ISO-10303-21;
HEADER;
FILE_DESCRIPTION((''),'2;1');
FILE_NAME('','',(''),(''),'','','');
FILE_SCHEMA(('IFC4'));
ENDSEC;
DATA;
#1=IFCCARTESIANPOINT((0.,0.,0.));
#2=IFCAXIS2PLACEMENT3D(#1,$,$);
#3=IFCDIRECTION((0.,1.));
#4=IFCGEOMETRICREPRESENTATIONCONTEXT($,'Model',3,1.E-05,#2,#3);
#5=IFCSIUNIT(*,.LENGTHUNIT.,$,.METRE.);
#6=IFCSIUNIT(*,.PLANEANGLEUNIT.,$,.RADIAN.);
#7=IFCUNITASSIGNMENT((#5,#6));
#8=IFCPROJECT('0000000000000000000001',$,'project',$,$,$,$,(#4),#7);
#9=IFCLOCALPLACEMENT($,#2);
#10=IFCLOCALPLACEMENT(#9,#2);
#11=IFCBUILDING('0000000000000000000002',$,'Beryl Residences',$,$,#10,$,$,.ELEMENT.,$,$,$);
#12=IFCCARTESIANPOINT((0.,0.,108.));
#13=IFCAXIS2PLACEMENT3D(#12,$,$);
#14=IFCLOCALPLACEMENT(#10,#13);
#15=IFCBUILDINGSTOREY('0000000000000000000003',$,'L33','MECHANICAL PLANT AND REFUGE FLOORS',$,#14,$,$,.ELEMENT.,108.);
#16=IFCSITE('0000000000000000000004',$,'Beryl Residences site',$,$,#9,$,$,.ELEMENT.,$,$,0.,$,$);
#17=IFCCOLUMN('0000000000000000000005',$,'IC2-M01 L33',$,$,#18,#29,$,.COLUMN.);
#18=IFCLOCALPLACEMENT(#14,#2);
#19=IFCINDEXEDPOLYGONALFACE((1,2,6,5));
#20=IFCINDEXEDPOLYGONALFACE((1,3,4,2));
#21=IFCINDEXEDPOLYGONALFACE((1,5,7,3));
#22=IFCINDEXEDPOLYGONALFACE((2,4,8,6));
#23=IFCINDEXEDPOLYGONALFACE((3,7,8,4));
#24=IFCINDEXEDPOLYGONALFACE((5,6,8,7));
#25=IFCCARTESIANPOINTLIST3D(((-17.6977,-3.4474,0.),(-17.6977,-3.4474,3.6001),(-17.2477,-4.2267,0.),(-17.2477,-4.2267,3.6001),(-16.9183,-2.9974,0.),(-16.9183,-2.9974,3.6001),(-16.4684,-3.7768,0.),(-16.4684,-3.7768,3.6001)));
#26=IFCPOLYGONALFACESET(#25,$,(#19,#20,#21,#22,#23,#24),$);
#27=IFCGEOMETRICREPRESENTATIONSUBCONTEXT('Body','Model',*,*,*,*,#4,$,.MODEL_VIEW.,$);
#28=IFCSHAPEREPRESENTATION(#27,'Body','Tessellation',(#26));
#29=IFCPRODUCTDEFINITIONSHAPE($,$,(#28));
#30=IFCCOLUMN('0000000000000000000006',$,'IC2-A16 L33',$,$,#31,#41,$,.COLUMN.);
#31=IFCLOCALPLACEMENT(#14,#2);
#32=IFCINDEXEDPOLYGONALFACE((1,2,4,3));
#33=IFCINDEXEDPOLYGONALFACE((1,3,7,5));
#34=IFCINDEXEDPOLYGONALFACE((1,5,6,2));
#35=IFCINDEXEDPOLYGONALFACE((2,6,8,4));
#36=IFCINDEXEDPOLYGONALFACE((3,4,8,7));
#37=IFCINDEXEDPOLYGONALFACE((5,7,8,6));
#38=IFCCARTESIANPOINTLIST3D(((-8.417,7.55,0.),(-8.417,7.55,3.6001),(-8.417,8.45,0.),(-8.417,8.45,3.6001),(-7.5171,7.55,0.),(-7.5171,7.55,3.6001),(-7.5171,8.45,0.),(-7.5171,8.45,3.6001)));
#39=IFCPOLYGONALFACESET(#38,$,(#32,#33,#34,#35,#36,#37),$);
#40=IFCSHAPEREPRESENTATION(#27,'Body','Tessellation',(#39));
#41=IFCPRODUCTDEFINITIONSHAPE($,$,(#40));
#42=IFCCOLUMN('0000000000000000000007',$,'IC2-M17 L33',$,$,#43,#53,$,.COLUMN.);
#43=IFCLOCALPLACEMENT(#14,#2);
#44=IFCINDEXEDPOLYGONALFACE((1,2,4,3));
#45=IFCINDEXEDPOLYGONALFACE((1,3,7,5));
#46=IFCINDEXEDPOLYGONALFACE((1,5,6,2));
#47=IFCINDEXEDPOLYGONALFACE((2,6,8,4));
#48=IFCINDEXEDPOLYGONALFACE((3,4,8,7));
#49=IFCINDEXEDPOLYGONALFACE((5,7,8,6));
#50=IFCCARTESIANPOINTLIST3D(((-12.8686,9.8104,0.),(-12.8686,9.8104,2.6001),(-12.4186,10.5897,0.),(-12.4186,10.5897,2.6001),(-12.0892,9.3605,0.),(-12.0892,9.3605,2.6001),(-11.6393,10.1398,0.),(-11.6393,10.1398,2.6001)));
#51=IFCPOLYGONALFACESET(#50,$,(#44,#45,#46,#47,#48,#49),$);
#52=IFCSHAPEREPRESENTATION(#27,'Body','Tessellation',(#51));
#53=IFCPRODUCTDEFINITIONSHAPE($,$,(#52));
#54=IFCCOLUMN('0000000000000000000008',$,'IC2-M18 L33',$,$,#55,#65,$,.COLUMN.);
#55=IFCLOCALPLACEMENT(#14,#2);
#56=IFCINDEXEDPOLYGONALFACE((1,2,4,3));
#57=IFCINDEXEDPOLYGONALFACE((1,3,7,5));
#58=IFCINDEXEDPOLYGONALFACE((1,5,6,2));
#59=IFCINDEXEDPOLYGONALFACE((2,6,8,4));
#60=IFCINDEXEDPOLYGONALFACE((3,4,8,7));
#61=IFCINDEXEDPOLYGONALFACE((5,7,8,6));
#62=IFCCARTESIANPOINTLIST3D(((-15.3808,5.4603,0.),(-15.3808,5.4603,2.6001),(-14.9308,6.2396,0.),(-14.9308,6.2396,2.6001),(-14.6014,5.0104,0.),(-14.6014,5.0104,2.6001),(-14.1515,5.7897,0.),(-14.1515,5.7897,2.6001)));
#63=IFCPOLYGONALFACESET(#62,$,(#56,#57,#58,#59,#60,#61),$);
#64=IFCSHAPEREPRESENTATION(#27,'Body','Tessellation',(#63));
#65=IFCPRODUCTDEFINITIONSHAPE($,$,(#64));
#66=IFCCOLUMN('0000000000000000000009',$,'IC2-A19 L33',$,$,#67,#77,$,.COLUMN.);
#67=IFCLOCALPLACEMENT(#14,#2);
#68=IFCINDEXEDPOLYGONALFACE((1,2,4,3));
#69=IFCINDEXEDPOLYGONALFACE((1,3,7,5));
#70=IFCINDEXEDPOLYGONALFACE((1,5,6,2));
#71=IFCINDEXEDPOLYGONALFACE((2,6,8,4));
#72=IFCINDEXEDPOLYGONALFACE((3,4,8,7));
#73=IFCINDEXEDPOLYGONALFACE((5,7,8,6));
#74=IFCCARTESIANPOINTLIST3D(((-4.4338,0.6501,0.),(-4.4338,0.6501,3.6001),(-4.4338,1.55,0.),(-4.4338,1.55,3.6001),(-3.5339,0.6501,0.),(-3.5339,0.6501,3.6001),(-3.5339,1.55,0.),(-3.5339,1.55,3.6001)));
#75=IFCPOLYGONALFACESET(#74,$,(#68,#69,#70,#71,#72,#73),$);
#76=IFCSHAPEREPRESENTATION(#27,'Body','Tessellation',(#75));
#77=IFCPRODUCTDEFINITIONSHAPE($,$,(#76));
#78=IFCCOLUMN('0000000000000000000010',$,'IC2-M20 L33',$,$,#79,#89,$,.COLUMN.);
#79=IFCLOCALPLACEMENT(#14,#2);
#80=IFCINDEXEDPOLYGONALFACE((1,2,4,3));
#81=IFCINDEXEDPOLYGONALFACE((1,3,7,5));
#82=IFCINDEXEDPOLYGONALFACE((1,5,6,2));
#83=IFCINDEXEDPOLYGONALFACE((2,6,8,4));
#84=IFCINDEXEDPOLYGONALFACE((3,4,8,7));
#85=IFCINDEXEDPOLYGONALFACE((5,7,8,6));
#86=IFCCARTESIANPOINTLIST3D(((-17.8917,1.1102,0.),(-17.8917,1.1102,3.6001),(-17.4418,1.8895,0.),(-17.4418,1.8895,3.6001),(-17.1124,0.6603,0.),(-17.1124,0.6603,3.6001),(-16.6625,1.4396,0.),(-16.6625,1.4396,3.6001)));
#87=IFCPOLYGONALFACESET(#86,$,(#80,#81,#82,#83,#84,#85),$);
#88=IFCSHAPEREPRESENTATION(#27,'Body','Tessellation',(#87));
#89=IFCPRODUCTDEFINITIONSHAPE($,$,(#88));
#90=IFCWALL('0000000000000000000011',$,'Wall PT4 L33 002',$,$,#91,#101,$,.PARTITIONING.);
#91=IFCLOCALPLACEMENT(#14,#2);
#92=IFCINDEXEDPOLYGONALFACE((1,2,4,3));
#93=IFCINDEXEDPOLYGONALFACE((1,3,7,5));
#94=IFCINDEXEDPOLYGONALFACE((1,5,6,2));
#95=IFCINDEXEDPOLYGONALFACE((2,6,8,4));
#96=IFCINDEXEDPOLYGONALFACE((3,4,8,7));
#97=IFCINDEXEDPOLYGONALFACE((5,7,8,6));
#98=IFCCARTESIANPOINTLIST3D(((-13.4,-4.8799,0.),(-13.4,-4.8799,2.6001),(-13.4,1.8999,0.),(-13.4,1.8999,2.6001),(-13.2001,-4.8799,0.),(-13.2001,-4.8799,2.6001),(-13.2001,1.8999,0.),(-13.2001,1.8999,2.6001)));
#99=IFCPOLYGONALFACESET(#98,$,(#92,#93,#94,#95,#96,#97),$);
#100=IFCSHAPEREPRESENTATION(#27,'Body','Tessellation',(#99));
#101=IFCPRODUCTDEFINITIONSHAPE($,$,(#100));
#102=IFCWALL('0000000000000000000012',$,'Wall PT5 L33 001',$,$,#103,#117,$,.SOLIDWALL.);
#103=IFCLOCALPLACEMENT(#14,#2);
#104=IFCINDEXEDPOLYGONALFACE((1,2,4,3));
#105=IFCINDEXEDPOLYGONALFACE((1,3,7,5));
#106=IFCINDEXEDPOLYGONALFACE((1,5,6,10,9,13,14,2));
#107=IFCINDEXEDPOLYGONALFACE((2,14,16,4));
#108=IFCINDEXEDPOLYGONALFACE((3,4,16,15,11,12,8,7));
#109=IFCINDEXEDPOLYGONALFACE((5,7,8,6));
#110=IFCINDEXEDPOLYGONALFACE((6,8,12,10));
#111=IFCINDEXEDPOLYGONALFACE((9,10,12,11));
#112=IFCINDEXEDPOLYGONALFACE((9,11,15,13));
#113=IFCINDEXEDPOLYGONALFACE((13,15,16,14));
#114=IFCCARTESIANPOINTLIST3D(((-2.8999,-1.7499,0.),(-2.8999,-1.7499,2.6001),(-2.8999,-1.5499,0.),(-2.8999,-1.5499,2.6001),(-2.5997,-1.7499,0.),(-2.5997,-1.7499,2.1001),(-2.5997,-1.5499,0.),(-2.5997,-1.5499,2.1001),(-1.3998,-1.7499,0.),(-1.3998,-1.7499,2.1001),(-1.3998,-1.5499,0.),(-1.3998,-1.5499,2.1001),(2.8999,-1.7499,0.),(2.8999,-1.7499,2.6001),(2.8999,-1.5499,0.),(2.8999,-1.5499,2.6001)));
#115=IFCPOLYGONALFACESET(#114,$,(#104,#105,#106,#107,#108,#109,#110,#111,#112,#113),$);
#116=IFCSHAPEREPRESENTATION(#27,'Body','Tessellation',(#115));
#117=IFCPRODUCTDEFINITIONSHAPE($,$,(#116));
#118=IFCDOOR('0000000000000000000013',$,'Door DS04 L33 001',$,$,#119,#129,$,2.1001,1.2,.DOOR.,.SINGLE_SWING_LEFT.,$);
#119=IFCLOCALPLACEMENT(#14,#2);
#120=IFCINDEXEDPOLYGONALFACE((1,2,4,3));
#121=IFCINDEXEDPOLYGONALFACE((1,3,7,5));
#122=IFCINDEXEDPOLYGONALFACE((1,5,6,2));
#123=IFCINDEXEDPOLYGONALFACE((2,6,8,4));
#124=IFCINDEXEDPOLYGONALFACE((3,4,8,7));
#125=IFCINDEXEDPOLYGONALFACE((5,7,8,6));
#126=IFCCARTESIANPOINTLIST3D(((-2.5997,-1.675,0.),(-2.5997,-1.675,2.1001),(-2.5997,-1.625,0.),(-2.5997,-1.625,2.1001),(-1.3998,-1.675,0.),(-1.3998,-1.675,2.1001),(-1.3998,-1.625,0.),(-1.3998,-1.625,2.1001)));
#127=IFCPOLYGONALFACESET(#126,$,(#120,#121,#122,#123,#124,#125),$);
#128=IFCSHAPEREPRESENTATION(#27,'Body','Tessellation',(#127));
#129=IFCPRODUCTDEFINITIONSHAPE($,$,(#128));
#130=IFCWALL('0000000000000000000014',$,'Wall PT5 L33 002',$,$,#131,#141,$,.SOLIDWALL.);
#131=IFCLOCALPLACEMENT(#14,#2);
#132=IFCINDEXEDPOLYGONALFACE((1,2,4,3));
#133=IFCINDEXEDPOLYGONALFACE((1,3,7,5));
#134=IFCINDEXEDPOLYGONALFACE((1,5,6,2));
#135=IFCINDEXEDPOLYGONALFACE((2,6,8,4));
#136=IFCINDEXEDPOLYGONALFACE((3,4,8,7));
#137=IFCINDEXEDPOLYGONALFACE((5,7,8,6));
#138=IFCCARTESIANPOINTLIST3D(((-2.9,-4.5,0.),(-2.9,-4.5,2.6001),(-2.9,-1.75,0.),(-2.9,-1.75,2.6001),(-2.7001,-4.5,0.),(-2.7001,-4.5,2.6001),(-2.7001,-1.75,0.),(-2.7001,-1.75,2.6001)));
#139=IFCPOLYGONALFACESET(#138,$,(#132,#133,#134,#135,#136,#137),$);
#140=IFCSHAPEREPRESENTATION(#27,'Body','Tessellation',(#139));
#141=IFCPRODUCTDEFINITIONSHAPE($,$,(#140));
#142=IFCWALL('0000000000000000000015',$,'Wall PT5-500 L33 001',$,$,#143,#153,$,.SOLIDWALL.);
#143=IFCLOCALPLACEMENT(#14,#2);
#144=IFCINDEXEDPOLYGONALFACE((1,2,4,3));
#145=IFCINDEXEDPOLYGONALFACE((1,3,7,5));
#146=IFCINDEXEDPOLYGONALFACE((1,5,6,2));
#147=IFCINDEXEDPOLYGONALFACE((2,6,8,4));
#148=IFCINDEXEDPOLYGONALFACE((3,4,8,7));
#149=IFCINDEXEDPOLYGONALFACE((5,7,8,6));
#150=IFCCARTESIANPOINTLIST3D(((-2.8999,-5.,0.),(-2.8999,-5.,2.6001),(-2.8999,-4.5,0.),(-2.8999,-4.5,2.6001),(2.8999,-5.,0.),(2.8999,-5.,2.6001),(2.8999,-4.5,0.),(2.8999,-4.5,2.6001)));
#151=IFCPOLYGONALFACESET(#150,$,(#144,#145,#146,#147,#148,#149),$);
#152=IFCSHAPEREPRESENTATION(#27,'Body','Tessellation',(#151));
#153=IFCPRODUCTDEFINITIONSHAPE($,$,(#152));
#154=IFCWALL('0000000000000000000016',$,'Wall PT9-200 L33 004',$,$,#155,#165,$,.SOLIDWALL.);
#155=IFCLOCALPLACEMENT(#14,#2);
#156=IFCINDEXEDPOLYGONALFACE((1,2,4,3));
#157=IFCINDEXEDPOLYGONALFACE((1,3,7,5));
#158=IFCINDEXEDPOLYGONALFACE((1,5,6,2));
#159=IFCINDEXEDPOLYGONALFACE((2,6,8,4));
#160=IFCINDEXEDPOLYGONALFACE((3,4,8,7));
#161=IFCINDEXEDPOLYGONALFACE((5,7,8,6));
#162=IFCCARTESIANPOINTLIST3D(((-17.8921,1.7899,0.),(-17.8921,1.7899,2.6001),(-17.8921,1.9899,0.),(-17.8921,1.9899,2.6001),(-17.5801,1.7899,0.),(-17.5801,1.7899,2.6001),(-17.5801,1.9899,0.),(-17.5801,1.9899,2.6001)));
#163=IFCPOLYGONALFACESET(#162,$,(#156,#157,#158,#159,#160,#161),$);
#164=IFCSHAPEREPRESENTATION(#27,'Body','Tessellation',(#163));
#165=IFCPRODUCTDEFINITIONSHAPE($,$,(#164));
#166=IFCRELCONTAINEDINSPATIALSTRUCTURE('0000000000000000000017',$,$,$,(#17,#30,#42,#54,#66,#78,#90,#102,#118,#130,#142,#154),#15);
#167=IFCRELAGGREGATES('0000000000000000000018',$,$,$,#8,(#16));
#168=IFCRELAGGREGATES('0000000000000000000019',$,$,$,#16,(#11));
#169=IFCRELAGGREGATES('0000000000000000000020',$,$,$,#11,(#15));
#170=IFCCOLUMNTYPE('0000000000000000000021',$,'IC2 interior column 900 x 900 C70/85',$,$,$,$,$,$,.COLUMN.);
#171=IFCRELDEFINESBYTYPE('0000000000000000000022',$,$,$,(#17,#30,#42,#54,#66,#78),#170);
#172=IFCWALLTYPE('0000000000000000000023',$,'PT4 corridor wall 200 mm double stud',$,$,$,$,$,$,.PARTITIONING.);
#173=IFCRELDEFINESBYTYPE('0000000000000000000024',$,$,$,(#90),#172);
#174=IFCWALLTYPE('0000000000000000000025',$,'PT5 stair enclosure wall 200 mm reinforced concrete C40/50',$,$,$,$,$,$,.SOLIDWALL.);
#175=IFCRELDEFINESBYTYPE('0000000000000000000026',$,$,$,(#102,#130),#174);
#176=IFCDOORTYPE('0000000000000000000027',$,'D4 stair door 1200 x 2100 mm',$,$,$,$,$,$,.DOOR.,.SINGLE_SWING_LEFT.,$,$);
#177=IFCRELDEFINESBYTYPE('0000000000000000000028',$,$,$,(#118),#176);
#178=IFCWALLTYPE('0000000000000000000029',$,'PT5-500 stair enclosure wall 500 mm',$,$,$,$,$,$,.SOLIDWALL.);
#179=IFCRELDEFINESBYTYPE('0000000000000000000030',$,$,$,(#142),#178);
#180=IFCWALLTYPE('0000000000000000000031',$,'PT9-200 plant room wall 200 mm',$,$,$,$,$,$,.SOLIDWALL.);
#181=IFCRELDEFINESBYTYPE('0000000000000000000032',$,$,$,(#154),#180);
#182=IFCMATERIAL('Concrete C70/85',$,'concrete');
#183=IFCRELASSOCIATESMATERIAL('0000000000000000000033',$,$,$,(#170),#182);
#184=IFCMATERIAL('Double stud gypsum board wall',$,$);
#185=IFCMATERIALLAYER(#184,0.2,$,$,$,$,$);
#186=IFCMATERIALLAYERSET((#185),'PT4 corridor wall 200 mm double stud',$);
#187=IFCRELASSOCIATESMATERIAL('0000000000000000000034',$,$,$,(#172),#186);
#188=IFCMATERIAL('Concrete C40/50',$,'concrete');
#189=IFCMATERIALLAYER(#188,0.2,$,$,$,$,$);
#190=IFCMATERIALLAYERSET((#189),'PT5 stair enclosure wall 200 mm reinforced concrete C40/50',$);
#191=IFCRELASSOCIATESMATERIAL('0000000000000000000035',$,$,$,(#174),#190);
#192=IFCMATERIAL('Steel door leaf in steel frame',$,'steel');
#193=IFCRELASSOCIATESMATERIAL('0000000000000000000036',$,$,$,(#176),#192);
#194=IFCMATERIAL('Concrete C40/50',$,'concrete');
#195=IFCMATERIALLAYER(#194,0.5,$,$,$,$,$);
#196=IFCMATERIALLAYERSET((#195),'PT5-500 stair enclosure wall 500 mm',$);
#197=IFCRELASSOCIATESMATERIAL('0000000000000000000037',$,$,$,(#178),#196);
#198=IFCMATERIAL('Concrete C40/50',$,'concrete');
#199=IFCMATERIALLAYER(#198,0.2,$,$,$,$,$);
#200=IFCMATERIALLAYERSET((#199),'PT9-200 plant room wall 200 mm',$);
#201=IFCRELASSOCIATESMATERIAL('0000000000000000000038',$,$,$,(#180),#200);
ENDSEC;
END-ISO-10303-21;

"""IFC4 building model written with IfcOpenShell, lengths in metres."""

from ifc_helpers import new_model, si_unit, direction, frame, frame_2d, origin, origin_2d, place, context, subcontext, project, spatial, rectangle, extrude, material, layer, layer_set, material_profile, profile_set, type_object, element, fill, save


model = new_model("IFC4")

# Units and contexts
model_context = context("Model", 3, precision=1e-05, world=origin(), true_north=direction((0.0, 1.0)))
body_context = subcontext(model_context, "Body", "Model", "MODEL_VIEW")
ifc_project = project(units=[si_unit("LENGTHUNIT", "METRE"), si_unit("PLANEANGLEUNIT", "RADIAN")], contexts=[model_context])

# Site, building, storey
site_placement = place(None, origin())
site = spatial("IfcSite", under=ifc_project, at=site_placement, Name="Beryl Residences site", CompositionType="ELEMENT", RefElevation=0.0)
building_placement = place(site_placement, origin())
building = spatial("IfcBuilding", under=site, at=building_placement, Name="Beryl Residences", CompositionType="ELEMENT")
storey_placement = place(building_placement, frame((0.0, 0.0, 108.0)))
storey = spatial("IfcBuildingStorey", under=building, at=storey_placement, Name="L33", Description="MECHANICAL PLANT AND REFUGE FLOORS", CompositionType="ELEMENT", Elevation=108.0)

# Columns
ifc_material_1 = material(Name="Concrete C70/85", Category="concrete")
ifc_material_profile = material_profile(ifc_material_1, rectangle(XDim=0.8999, YDim=0.8999, at=origin_2d()))
ifc_profile_set = profile_set([ifc_material_profile], Name="Concrete C70/85")
column_type = type_object("IfcColumnType", Name="IC2 interior column 900 x 900 C70/85", PredefinedType="COLUMN", material=ifc_profile_set)
for number, where, z_axis, x_axis, name in (
    (1, (-17.083, -3.6121, 0.0), (0.0, 0.0, 1.0), (0.5, -0.866025, 0.0), "IC2-M01 L33"),
    (2, (-7.967, 8.0, 0.0), (0.0, 0.0, 1.0), (1.0, 0.0, 0.0), "IC2-A16 L33"),
):
    element("IfcColumn", number, at=place(storey_placement, frame(where, z_axis=z_axis, x_axis=x_axis)), inside=storey, type_object=column_type, Name=name, PredefinedType="COLUMN", context=body_context, shape_type="SweptSolid", body=[
        extrude(rectangle(XDim=0.8999, YDim=0.8999, at=origin_2d()), origin(), (0.0, 0.0, 1.0), 3.6001),
    ])
for number, where, z_axis, x_axis, name in (
    (3, (-12.2539, 9.9751, 0.0), (0.0, 0.0, 1.0), (-0.5, -0.866025, 0.0), "IC2-M17 L33"),
    (4, (-14.7661, 5.625, 0.0), (0.0, 0.0, 1.0), (-0.5, -0.866025, 0.0), "IC2-M18 L33"),
):
    element("IfcColumn", number, at=place(storey_placement, frame(where, z_axis=z_axis, x_axis=x_axis)), inside=storey, type_object=column_type, Name=name, PredefinedType="COLUMN", context=body_context, shape_type="SweptSolid", body=[
        extrude(rectangle(XDim=0.8999, YDim=0.8999, at=origin_2d()), origin(), (0.0, 0.0, 1.0), 2.6001),
    ])
for number, where, z_axis, x_axis, name in (
    (5, (-3.9839, 1.1001, 0.0), (0.0, 0.0, 1.0), (1.0, 0.0, 0.0), "IC2-A19 L33"),
    (6, (-17.2771, 1.2749, 0.0), (0.0, 0.0, 1.0), (-0.5, -0.866025, 0.0), "IC2-M20 L33"),
):
    element("IfcColumn", number, at=place(storey_placement, frame(where, z_axis=z_axis, x_axis=x_axis)), inside=storey, type_object=column_type, Name=name, PredefinedType="COLUMN", context=body_context, shape_type="SweptSolid", body=[
        extrude(rectangle(XDim=0.8999, YDim=0.8999, at=origin_2d()), origin(), (0.0, 0.0, 1.0), 3.6001),
    ])

# Wall
ifc_material_2 = material(Name="Double stud gypsum board wall")
ifc_layer_1 = layer(ifc_material_2, 0.2)
ifc_layer_set_1 = layer_set([ifc_layer_1], Name="PT4 corridor wall 200 mm double stud")
wall_type_1 = type_object("IfcWallType", Name="PT4 corridor wall 200 mm double stud", PredefinedType="PARTITIONING", material=ifc_layer_set_1)
wall_1_placement = place(storey_placement, frame((-13.3, -4.8799, 0.0), z_axis=(0.0, 0.0, 1.0), x_axis=(0.0, 1.0, 0.0)))
element("IfcWall", 7, at=wall_1_placement, inside=storey, type_object=wall_type_1, Name="Wall PT4 L33 002", PredefinedType="PARTITIONING", context=body_context, shape_type="SweptSolid", body=[
    extrude(rectangle(XDim=6.7798, YDim=0.2, at=frame_2d((3.3899, 0.0))), origin(), (0.0, 0.0, 1.0), 2.6001),
])

# Wall, opening, door
ifc_material_3 = material(Name="Concrete C40/50", Category="concrete")
ifc_layer_2 = layer(ifc_material_3, 0.2)
ifc_layer_set_2 = layer_set([ifc_layer_2], Name="PT5 stair enclosure wall 200 mm reinforced concrete C40/50")
wall_type_2 = type_object("IfcWallType", Name="PT5 stair enclosure wall 200 mm reinforced concrete C40/50", PredefinedType="SOLIDWALL", material=ifc_layer_set_2)
wall_2_placement = place(storey_placement, frame((-2.8999, -1.6499, 0.0), z_axis=(0.0, 0.0, 1.0), x_axis=(1.0, 0.0, 0.0)))
wall_2 = element("IfcWall", 8, at=wall_2_placement, inside=storey, type_object=wall_type_2, Name="Wall PT5 L33 001", PredefinedType="SOLIDWALL", context=body_context, shape_type="SweptSolid", body=[
    extrude(rectangle(XDim=5.7998, YDim=0.2, at=frame_2d((2.8999, 0.0))), origin(), (0.0, 0.0, 1.0), 2.6001),
])
opening_1_placement = place(wall_2_placement, frame((0.3, 0.0, 0.0)))
opening_1 = element("IfcOpeningElement", 9, at=opening_1_placement, cuts=wall_2, PredefinedType="OPENING", context=body_context, shape_type="SweptSolid", body=[
    extrude(rectangle(XDim=1.2, YDim=2.1001, at=frame_2d((0.6001, 1.05))), frame((0.0, 0.1099, 0.0), z_axis=(0.0, -1.0, 0.0), x_axis=(1.0, 0.0, 0.0)), (0.0, 0.0, 1.0), 0.22),
])
ifc_material_4 = material(Name="Steel door leaf in steel frame", Category="steel")
door_type_1 = type_object("IfcDoorType", Name="D4 stair door 1200 x 2100 mm", OperationType="SINGLE_SWING_LEFT", PredefinedType="DOOR", material=ifc_material_4)
door_1_placement = place(opening_1_placement, origin())
door_1 = element("IfcDoor", 10, at=door_1_placement, inside=storey, type_object=door_type_1, Name="Door DS04 L33 001", OperationType="SINGLE_SWING_LEFT", OverallHeight=2.1001, OverallWidth=1.2, PredefinedType="DOOR", context=body_context, shape_type="SweptSolid", body=[
    extrude(rectangle(XDim=1.2, YDim=2.1001, at=frame_2d((0.6001, 1.05))), frame((0.0, 0.0249, 0.0), z_axis=(0.0, -1.0, 0.0), x_axis=(1.0, 0.0, 0.0)), (0.0, 0.0, 1.0), 0.05),
])
fill(opening_1, door_1)

# Walls
wall_3_placement = place(storey_placement, frame((-2.8, -4.5, 0.0), z_axis=(0.0, 0.0, 1.0), x_axis=(0.0, 1.0, 0.0)))
element("IfcWall", 11, at=wall_3_placement, inside=storey, type_object=wall_type_2, Name="Wall PT5 L33 002", PredefinedType="SOLIDWALL", context=body_context, shape_type="SweptSolid", body=[
    extrude(rectangle(XDim=2.75, YDim=0.2, at=frame_2d((1.375, 0.0))), origin(), (0.0, 0.0, 1.0), 2.6001),
])
ifc_material_5 = material(Name="Concrete C40/50", Category="concrete")
ifc_layer_3 = layer(ifc_material_5, 0.5)
ifc_layer_set_3 = layer_set([ifc_layer_3], Name="PT5-500 stair enclosure wall 500 mm")
wall_type_3 = type_object("IfcWallType", Name="PT5-500 stair enclosure wall 500 mm", PredefinedType="SOLIDWALL", material=ifc_layer_set_3)
wall_4_placement = place(storey_placement, frame((-2.8999, -4.75, 0.0), z_axis=(0.0, 0.0, 1.0), x_axis=(1.0, 0.0, 0.0)))
element("IfcWall", 12, at=wall_4_placement, inside=storey, type_object=wall_type_3, Name="Wall PT5-500 L33 001", PredefinedType="SOLIDWALL", context=body_context, shape_type="SweptSolid", body=[
    extrude(rectangle(XDim=5.7998, YDim=0.5, at=frame_2d((2.8999, 0.0))), origin(), (0.0, 0.0, 1.0), 2.6001),
])
ifc_material_6 = material(Name="Concrete C40/50", Category="concrete")
ifc_layer_4 = layer(ifc_material_6, 0.2)
ifc_layer_set_4 = layer_set([ifc_layer_4], Name="PT9-200 plant room wall 200 mm")
wall_type_4 = type_object("IfcWallType", Name="PT9-200 plant room wall 200 mm", PredefinedType="SOLIDWALL", material=ifc_layer_set_4)
wall_5_placement = place(storey_placement, frame((-17.8921, 1.8899, 0.0), z_axis=(0.0, 0.0, 1.0), x_axis=(1.0, 0.0, 0.0)))
element("IfcWall", 13, at=wall_5_placement, inside=storey, type_object=wall_type_4, Name="Wall PT9-200 L33 004", PredefinedType="SOLIDWALL", context=body_context, shape_type="SweptSolid", body=[
    extrude(rectangle(XDim=0.312, YDim=0.2, at=frame_2d((0.156, 0.0))), origin(), (0.0, 0.0, 1.0), 2.6001),
])

save(model, "model.ifc")
